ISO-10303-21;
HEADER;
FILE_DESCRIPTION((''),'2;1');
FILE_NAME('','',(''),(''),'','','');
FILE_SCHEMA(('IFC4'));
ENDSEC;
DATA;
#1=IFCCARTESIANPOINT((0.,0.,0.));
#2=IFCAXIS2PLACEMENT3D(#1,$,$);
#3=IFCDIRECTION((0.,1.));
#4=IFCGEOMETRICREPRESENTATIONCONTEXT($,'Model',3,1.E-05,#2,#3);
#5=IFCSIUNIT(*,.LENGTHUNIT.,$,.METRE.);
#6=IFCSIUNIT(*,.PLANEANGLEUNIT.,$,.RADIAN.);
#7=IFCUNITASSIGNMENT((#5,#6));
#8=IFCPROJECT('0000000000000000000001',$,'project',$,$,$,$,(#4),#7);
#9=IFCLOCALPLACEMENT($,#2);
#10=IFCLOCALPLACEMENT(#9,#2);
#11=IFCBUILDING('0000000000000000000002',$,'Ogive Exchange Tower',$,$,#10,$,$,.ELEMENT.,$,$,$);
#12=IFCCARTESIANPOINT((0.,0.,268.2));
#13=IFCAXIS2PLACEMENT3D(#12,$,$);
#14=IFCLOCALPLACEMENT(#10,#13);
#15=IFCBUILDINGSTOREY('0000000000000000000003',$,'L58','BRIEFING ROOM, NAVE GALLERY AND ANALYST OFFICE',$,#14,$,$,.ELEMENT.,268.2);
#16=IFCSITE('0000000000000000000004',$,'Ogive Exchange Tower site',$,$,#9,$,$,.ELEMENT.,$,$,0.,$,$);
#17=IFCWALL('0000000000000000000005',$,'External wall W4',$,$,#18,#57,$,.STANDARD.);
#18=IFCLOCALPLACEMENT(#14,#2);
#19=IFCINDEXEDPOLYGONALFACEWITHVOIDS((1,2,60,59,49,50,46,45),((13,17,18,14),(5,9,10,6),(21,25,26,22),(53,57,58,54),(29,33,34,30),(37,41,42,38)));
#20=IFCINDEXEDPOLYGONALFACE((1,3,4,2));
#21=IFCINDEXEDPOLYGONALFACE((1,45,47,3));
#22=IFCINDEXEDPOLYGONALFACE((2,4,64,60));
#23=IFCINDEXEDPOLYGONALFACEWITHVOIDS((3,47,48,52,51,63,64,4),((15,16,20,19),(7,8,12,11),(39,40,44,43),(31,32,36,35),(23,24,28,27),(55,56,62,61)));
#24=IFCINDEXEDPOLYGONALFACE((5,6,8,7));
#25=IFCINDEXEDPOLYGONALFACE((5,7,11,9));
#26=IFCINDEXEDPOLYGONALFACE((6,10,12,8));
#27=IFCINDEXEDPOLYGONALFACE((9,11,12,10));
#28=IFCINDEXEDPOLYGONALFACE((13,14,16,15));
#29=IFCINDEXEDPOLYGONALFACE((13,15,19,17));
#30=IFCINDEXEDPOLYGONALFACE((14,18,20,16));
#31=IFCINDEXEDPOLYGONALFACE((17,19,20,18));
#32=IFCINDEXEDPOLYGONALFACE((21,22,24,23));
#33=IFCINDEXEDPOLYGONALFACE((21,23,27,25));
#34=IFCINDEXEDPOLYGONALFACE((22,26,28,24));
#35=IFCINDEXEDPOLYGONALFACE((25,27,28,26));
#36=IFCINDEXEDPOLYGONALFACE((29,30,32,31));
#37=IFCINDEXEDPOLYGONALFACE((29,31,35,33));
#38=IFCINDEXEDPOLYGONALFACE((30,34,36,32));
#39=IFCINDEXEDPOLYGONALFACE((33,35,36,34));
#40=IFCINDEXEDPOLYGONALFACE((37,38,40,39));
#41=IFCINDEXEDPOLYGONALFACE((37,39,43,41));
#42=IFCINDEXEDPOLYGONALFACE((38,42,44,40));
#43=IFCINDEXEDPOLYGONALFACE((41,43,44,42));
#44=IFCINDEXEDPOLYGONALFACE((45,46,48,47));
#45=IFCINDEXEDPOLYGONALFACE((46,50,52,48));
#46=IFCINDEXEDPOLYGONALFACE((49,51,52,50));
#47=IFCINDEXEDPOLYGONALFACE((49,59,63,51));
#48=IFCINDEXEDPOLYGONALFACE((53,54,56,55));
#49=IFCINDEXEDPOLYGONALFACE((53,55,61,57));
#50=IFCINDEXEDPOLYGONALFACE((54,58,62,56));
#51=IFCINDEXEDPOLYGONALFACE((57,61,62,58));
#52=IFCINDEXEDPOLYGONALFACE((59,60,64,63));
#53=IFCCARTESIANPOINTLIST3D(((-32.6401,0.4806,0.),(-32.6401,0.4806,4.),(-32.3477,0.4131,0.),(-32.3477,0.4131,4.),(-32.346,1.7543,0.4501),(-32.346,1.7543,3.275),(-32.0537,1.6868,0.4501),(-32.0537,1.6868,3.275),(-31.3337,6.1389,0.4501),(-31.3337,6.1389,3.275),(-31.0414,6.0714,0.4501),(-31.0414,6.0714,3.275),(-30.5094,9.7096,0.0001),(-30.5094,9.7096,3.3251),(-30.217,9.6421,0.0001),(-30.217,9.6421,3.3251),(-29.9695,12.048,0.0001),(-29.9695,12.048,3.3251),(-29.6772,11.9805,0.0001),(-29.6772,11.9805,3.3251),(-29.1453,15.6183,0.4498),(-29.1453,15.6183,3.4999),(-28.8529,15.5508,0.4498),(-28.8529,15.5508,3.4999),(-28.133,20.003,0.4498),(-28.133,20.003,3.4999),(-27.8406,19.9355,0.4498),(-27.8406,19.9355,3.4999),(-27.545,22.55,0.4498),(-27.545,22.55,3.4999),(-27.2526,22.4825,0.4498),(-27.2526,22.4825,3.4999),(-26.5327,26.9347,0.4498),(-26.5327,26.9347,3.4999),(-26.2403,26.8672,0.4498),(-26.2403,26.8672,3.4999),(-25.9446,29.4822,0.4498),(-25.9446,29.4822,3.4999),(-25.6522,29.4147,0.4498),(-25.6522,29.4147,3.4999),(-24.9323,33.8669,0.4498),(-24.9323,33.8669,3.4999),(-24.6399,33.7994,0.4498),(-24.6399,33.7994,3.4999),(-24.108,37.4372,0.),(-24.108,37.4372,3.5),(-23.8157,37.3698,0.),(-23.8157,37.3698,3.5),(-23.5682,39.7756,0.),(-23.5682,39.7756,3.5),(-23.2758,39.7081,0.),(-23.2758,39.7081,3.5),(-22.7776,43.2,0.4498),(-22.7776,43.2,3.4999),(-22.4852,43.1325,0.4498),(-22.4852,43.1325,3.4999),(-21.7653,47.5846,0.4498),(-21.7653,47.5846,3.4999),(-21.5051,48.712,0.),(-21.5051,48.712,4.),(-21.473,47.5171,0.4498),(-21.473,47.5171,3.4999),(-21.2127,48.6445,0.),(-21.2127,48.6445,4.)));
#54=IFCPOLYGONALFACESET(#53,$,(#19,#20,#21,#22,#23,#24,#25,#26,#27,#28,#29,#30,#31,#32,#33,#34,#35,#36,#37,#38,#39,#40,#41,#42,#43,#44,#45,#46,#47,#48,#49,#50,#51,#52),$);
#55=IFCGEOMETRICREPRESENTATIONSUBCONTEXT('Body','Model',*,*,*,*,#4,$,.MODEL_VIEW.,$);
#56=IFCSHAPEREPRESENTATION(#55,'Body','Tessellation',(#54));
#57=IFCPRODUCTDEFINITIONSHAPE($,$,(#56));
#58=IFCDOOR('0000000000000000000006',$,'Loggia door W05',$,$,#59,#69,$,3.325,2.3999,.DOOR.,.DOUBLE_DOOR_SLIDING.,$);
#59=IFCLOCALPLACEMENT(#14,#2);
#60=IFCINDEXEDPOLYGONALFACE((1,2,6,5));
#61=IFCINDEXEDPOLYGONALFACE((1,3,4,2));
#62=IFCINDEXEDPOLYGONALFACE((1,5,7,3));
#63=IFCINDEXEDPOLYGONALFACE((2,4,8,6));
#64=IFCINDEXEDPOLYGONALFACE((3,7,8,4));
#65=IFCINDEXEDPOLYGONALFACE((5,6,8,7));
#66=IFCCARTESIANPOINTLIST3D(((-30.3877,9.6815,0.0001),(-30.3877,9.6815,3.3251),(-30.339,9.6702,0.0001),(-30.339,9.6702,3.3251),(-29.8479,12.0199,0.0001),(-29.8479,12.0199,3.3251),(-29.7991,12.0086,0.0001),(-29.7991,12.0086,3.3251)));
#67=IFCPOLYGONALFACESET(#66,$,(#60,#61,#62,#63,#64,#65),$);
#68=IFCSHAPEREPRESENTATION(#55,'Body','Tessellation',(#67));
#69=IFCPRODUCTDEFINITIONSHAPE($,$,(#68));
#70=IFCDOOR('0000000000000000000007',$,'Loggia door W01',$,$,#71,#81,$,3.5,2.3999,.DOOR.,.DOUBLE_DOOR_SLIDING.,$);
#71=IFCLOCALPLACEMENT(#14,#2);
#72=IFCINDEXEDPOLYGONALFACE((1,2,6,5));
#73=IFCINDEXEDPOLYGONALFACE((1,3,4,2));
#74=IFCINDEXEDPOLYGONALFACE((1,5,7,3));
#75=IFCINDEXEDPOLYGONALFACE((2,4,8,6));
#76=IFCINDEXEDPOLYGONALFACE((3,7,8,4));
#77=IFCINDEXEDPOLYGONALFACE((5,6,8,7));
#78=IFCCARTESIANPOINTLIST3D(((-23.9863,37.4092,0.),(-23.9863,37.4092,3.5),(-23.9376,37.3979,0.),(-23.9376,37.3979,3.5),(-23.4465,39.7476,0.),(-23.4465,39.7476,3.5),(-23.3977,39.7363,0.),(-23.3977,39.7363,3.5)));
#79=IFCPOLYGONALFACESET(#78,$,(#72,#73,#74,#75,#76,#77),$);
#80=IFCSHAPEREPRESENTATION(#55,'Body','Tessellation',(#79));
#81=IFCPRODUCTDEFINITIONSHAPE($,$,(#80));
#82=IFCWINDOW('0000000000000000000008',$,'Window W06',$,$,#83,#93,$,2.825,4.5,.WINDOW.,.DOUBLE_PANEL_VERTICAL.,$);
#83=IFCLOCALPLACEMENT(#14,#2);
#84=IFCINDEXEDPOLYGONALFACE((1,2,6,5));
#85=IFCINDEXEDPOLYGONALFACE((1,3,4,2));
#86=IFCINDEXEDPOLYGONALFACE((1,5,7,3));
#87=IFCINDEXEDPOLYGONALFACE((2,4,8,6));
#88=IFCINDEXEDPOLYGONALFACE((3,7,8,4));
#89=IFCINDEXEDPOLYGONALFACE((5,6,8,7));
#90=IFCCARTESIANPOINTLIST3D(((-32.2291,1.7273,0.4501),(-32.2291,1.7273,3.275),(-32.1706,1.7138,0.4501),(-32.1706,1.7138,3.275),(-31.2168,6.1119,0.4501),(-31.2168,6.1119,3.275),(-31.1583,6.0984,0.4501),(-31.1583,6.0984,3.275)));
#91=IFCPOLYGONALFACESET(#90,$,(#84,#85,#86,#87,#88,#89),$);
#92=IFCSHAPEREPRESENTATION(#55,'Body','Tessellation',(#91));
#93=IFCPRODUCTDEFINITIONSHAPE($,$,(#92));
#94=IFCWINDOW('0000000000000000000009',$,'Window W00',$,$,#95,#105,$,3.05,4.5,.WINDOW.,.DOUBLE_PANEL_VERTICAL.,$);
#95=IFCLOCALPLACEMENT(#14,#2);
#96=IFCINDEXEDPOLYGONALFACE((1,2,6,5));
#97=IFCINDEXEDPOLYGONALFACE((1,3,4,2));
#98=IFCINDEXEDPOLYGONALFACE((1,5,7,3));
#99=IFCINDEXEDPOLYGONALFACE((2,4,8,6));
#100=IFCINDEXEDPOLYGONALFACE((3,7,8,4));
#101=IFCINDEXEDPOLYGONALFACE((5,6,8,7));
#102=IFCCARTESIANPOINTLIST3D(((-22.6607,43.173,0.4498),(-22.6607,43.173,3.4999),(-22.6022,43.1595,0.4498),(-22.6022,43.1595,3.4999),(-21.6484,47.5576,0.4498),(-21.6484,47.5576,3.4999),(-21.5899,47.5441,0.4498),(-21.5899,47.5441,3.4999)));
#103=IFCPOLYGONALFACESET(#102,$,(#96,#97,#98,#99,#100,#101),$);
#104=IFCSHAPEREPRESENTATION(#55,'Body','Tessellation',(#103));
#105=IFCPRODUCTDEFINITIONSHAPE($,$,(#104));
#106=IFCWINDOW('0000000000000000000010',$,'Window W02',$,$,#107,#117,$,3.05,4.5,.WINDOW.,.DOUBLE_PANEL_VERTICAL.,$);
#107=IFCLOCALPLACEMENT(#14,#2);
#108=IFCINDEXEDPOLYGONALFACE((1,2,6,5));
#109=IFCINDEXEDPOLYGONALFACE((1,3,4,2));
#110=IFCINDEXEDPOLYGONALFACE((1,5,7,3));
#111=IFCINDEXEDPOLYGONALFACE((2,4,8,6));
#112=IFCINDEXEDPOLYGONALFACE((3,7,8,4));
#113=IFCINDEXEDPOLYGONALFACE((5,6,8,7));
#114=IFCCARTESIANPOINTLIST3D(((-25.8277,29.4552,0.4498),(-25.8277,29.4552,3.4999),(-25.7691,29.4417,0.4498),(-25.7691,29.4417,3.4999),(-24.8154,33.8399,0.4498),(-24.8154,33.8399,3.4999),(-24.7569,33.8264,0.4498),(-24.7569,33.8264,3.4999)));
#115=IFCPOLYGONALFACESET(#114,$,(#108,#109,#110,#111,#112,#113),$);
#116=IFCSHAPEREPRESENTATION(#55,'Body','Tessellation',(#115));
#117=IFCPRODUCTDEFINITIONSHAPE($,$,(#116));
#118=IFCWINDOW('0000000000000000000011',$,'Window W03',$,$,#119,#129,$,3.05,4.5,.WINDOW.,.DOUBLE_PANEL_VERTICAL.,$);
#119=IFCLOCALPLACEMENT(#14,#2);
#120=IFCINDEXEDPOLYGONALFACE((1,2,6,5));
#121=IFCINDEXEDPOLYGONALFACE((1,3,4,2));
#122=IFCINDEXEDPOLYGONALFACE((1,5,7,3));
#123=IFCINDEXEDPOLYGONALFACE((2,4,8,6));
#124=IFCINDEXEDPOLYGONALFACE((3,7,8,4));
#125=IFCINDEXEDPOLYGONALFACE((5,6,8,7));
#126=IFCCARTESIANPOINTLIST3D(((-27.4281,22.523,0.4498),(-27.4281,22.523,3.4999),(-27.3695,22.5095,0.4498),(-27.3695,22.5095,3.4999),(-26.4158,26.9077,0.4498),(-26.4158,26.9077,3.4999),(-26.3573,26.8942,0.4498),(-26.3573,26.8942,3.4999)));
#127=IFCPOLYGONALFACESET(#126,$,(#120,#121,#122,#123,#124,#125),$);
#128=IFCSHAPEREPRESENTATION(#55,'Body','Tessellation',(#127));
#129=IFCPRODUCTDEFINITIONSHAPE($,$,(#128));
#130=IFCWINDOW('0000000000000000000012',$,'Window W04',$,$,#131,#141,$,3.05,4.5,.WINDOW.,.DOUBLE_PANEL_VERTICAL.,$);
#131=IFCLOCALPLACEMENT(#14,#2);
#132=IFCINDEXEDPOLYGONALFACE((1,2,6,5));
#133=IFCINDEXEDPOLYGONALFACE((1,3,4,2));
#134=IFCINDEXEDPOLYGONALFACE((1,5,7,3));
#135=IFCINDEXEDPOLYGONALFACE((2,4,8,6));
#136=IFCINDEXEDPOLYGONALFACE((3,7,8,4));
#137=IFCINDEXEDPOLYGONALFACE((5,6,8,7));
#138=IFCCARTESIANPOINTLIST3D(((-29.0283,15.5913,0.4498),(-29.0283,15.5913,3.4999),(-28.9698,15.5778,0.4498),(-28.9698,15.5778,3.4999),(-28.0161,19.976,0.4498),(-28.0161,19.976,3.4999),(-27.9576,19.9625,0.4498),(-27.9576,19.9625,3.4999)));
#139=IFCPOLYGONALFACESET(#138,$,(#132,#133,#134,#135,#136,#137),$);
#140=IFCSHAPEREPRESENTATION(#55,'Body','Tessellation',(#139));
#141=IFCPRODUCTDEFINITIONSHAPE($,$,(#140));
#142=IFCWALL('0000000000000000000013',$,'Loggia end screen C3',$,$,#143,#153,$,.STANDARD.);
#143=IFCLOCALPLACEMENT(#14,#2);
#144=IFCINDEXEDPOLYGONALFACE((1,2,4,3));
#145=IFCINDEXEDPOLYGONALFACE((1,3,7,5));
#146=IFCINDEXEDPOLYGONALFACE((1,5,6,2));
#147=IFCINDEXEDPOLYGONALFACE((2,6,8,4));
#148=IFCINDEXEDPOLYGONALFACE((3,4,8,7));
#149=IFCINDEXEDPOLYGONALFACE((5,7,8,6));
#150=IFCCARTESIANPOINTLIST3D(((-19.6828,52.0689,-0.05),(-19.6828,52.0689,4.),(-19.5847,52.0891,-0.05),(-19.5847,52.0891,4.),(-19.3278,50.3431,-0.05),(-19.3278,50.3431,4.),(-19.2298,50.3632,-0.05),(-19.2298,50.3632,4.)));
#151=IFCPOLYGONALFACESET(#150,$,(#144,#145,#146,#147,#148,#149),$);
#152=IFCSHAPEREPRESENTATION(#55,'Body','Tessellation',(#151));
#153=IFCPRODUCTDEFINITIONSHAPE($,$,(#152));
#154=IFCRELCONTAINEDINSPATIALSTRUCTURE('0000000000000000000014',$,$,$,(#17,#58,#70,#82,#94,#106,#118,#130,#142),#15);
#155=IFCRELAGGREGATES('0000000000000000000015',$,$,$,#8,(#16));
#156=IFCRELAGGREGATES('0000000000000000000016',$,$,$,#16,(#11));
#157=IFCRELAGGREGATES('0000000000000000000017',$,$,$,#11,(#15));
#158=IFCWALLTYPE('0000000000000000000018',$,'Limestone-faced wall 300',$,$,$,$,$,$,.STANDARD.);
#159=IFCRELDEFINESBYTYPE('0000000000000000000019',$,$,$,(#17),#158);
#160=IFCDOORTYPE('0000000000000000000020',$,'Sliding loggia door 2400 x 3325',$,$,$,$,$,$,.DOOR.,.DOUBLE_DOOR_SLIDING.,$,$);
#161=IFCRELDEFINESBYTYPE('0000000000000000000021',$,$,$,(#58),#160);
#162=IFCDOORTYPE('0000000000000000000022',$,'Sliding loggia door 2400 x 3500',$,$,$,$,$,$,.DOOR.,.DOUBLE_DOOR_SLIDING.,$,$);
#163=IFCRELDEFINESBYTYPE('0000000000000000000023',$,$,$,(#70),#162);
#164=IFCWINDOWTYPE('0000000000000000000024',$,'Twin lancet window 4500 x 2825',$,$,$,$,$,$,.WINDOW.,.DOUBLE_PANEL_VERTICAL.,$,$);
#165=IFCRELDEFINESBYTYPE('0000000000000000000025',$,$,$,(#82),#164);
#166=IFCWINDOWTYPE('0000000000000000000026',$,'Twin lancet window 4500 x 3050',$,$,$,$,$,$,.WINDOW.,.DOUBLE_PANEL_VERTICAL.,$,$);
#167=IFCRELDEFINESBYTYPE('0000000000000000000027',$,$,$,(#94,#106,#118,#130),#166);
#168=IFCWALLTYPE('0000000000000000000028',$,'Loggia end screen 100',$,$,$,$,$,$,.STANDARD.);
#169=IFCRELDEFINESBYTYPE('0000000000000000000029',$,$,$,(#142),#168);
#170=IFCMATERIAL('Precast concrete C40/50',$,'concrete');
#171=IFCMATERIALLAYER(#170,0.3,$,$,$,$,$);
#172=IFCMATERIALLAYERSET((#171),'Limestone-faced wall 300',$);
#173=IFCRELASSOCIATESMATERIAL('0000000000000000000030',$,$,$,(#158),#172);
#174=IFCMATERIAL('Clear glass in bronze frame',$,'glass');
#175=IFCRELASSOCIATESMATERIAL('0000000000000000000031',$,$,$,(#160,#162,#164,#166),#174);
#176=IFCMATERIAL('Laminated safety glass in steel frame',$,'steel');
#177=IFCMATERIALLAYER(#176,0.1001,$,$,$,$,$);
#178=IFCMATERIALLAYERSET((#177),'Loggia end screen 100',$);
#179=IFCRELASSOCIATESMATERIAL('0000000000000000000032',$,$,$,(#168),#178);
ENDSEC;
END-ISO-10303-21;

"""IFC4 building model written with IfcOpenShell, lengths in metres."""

from ifc_helpers import new_model, si_unit, direction, frame, frame_2d, origin, place, context, subcontext, project, spatial, rectangle, extrude, material, layer, layer_set, type_object, element, fill, save


model = new_model("IFC4")

# Units and contexts
model_context = context("Model", 3, precision=1e-05, world=origin(), true_north=direction((0.0, 1.0)))
body_context = subcontext(model_context, "Body", "Model", "MODEL_VIEW")
ifc_project = project(units=[si_unit("LENGTHUNIT", "METRE"), si_unit("PLANEANGLEUNIT", "RADIAN")], contexts=[model_context])

# Site, building, storey
site_placement = place(None, origin())
site = spatial("IfcSite", under=ifc_project, at=site_placement, Name="Ogive Exchange Tower site", CompositionType="ELEMENT", RefElevation=0.0)
building_placement = place(site_placement, origin())
building = spatial("IfcBuilding", under=site, at=building_placement, Name="Ogive Exchange Tower", CompositionType="ELEMENT")
storey_placement = place(building_placement, frame((0.0, 0.0, 268.2)))
storey = spatial("IfcBuildingStorey", under=building, at=storey_placement, Name="L58", Description="BRIEFING ROOM, NAVE GALLERY AND ANALYST OFFICE", CompositionType="ELEMENT", Elevation=268.2)

# Wall, openings, doors, windows
ifc_material_1 = material(Name="Precast concrete C40/50", Category="concrete")
ifc_layer_1 = layer(ifc_material_1, 0.3)
ifc_layer_set_1 = layer_set([ifc_layer_1], Name="Limestone-faced wall 300")
wall_type_1 = type_object("IfcWallType", Name="Limestone-faced wall 300", PredefinedType="STANDARD", material=ifc_layer_set_1)
wall_1_placement = place(storey_placement, frame((-21.3589, 48.6782, 0.0), z_axis=(0.0, 0.0, 1.0), x_axis=(-0.224949, -0.97437, 0.0)))
wall_1 = element("IfcWall", 1, at=wall_1_placement, inside=storey, type_object=wall_type_1, Name="External wall W4", PredefinedType="STANDARD", context=body_context, shape_type="SweptSolid", body=[
    extrude(rectangle(XDim=49.5, YDim=0.3, at=frame_2d((24.75, 0.0))), origin(), (0.0, 0.0, 1.0), 4.0),
])
opening_1_placement = place(wall_1_placement, frame((1.157, 0.0, 0.45)))
opening_1 = element("IfcOpeningElement", 2, at=opening_1_placement, cuts=wall_1, PredefinedType="OPENING", context=body_context, shape_type="SweptSolid", body=[
    extrude(rectangle(XDim=4.5, YDim=3.05, at=frame_2d((2.25, 1.5249))), frame((0.0, 0.1599, 0.0), z_axis=(0.0, -1.0, 0.0), x_axis=(1.0, 0.0, 0.0)), (0.0, 0.0, 1.0), 0.3201),
])
opening_2_placement = place(wall_1_placement, frame((9.1714, 0.0, 0.0)))
opening_2 = element("IfcOpeningElement", 3, at=opening_2_placement, cuts=wall_1, PredefinedType="OPENING", context=body_context, shape_type="SweptSolid", body=[
    extrude(rectangle(XDim=2.3999, YDim=3.5, at=frame_2d((1.2, 1.75))), frame((0.0, 0.1599, 0.0), z_axis=(0.0, -1.0, 0.0), x_axis=(1.0, 0.0, 0.0)), (0.0, 0.0, 1.0), 0.3201),
])
opening_3_placement = place(wall_1_placement, frame((15.2356, 0.0, 0.45)))
opening_3 = element("IfcOpeningElement", 4, at=opening_3_placement, cuts=wall_1, PredefinedType="OPENING", context=body_context, shape_type="SweptSolid", body=[
    extrude(rectangle(XDim=4.5, YDim=3.05, at=frame_2d((2.25, 1.5249))), frame((0.0, 0.1599, 0.0), z_axis=(0.0, -1.0, 0.0), x_axis=(1.0, 0.0, 0.0)), (0.0, 0.0, 1.0), 0.3201),
])
opening_4_placement = place(wall_1_placement, frame((22.3501, 0.0, 0.45)))
opening_4 = element("IfcOpeningElement", 5, at=opening_4_placement, cuts=wall_1, PredefinedType="OPENING", context=body_context, shape_type="SweptSolid", body=[
    extrude(rectangle(XDim=4.5, YDim=3.05, at=frame_2d((2.25, 1.5249))), frame((0.0, 0.1599, 0.0), z_axis=(0.0, -1.0, 0.0), x_axis=(1.0, 0.0, 0.0)), (0.0, 0.0, 1.0), 0.3201),
])
opening_5_placement = place(wall_1_placement, frame((29.4641, 0.0, 0.45)))
opening_5 = element("IfcOpeningElement", 6, at=opening_5_placement, cuts=wall_1, PredefinedType="OPENING", context=body_context, shape_type="SweptSolid", body=[
    extrude(rectangle(XDim=4.5, YDim=3.05, at=frame_2d((2.25, 1.5249))), frame((0.0, 0.1599, 0.0), z_axis=(0.0, -1.0, 0.0), x_axis=(1.0, 0.0, 0.0)), (0.0, 0.0, 1.0), 0.3201),
])
opening_6_placement = place(wall_1_placement, frame((37.6284, 0.0, 0.0)))
opening_6 = element("IfcOpeningElement", 7, at=opening_6_placement, cuts=wall_1, PredefinedType="OPENING", context=body_context, shape_type="SweptSolid", body=[
    extrude(rectangle(XDim=2.3999, YDim=3.325, at=frame_2d((1.2, 1.6626))), frame((0.0, 0.1599, 0.0), z_axis=(0.0, -1.0, 0.0), x_axis=(1.0, 0.0, 0.0)), (0.0, 0.0, 1.0), 0.3201),
])
opening_7_placement = place(wall_1_placement, frame((43.6929, 0.0, 0.45)))
opening_7 = element("IfcOpeningElement", 8, at=opening_7_placement, cuts=wall_1, PredefinedType="OPENING", context=body_context, shape_type="SweptSolid", body=[
    extrude(rectangle(XDim=4.5, YDim=2.825, at=frame_2d((2.25, 1.4126))), frame((0.0, 0.1599, 0.0), z_axis=(0.0, -1.0, 0.0), x_axis=(1.0, 0.0, 0.0)), (0.0, 0.0, 1.0), 0.3201),
])
ifc_material_2 = material(Name="Clear glass in bronze frame", Category="glass")
door_type_1 = type_object("IfcDoorType", Name="Sliding loggia door 2400 x 3325", OperationType="DOUBLE_DOOR_SLIDING", PredefinedType="DOOR", material=ifc_material_2)
door_1_placement = place(opening_6_placement, origin())
door_1 = element("IfcDoor", 9, at=door_1_placement, inside=storey, type_object=door_type_1, Name="Loggia door W05", OperationType="DOUBLE_DOOR_SLIDING", OverallHeight=3.325, OverallWidth=2.3999, PredefinedType="DOOR", context=body_context, shape_type="SweptSolid", body=[
    extrude(rectangle(XDim=2.3999, YDim=3.325, at=frame_2d((1.2, 1.6626))), frame((0.0, 0.0249, 0.0), z_axis=(0.0, -1.0, 0.0), x_axis=(1.0, 0.0, 0.0)), (0.0, 0.0, 1.0), 0.05),
])
fill(opening_6, door_1)
door_type_2 = type_object("IfcDoorType", Name="Sliding loggia door 2400 x 3500", OperationType="DOUBLE_DOOR_SLIDING", PredefinedType="DOOR", material=ifc_material_2)
door_2_placement = place(opening_2_placement, origin())
door_2 = element("IfcDoor", 10, at=door_2_placement, inside=storey, type_object=door_type_2, Name="Loggia door W01", OperationType="DOUBLE_DOOR_SLIDING", OverallHeight=3.5, OverallWidth=2.3999, PredefinedType="DOOR", context=body_context, shape_type="SweptSolid", body=[
    extrude(rectangle(XDim=2.3999, YDim=3.5, at=frame_2d((1.2, 1.75))), frame((0.0, 0.0249, 0.0), z_axis=(0.0, -1.0, 0.0), x_axis=(1.0, 0.0, 0.0)), (0.0, 0.0, 1.0), 0.05),
])
fill(opening_2, door_2)
window_type_1 = type_object("IfcWindowType", Name="Twin lancet window 4500 x 2825", PartitioningType="DOUBLE_PANEL_VERTICAL", PredefinedType="WINDOW", material=ifc_material_2)
window_1_placement = place(opening_7_placement, origin())
window_1 = element("IfcWindow", 11, at=window_1_placement, inside=storey, type_object=window_type_1, Name="Window W06", OverallHeight=2.825, OverallWidth=4.5, PartitioningType="DOUBLE_PANEL_VERTICAL", PredefinedType="WINDOW", context=body_context, shape_type="SweptSolid", body=[
    extrude(rectangle(XDim=4.5, YDim=2.825, at=frame_2d((2.25, 1.4126))), frame((0.0, 0.03, 0.0), z_axis=(0.0, -1.0, 0.0), x_axis=(1.0, 0.0, 0.0)), (0.0, 0.0, 1.0), 0.0601),
])
fill(opening_7, window_1)
window_type_2 = type_object("IfcWindowType", Name="Twin lancet window 4500 x 3050", PartitioningType="DOUBLE_PANEL_VERTICAL", PredefinedType="WINDOW", material=ifc_material_2)
window_2_placement = place(opening_1_placement, origin())
window_2 = element("IfcWindow", 12, at=window_2_placement, inside=storey, type_object=window_type_2, Name="Window W00", OverallHeight=3.05, OverallWidth=4.5, PartitioningType="DOUBLE_PANEL_VERTICAL", PredefinedType="WINDOW", context=body_context, shape_type="SweptSolid", body=[
    extrude(rectangle(XDim=4.5, YDim=3.05, at=frame_2d((2.25, 1.5249))), frame((0.0, 0.03, 0.0), z_axis=(0.0, -1.0, 0.0), x_axis=(1.0, 0.0, 0.0)), (0.0, 0.0, 1.0), 0.0601),
])
fill(opening_1, window_2)
window_3_placement = place(opening_3_placement, origin())
window_3 = element("IfcWindow", 13, at=window_3_placement, inside=storey, type_object=window_type_2, Name="Window W02", OverallHeight=3.05, OverallWidth=4.5, PartitioningType="DOUBLE_PANEL_VERTICAL", PredefinedType="WINDOW", context=body_context, shape_type="SweptSolid", body=[
    extrude(rectangle(XDim=4.5, YDim=3.05, at=frame_2d((2.25, 1.5249))), frame((0.0, 0.03, 0.0), z_axis=(0.0, -1.0, 0.0), x_axis=(1.0, 0.0, 0.0)), (0.0, 0.0, 1.0), 0.0601),
])
fill(opening_3, window_3)
window_4_placement = place(opening_4_placement, origin())
window_4 = element("IfcWindow", 14, at=window_4_placement, inside=storey, type_object=window_type_2, Name="Window W03", OverallHeight=3.05, OverallWidth=4.5, PartitioningType="DOUBLE_PANEL_VERTICAL", PredefinedType="WINDOW", context=body_context, shape_type="SweptSolid", body=[
    extrude(rectangle(XDim=4.5, YDim=3.05, at=frame_2d((2.25, 1.5249))), frame((0.0, 0.03, 0.0), z_axis=(0.0, -1.0, 0.0), x_axis=(1.0, 0.0, 0.0)), (0.0, 0.0, 1.0), 0.0601),
])
fill(opening_4, window_4)
window_5_placement = place(opening_5_placement, origin())
window_5 = element("IfcWindow", 15, at=window_5_placement, inside=storey, type_object=window_type_2, Name="Window W04", OverallHeight=3.05, OverallWidth=4.5, PartitioningType="DOUBLE_PANEL_VERTICAL", PredefinedType="WINDOW", context=body_context, shape_type="SweptSolid", body=[
    extrude(rectangle(XDim=4.5, YDim=3.05, at=frame_2d((2.25, 1.5249))), frame((0.0, 0.03, 0.0), z_axis=(0.0, -1.0, 0.0), x_axis=(1.0, 0.0, 0.0)), (0.0, 0.0, 1.0), 0.0601),
])
fill(opening_5, window_5)

# Wall
ifc_material_3 = material(Name="Laminated safety glass in steel frame", Category="steel")
ifc_layer_2 = layer(ifc_material_3, 0.1001)
ifc_layer_set_2 = layer_set([ifc_layer_2], Name="Loggia end screen 100")
wall_type_2 = type_object("IfcWallType", Name="Loggia end screen 100", PredefinedType="STANDARD", material=ifc_layer_set_2)
wall_2_placement = place(storey_placement, frame((-19.2788, 50.3533, -0.05), z_axis=(0.0, 0.0, 1.0), x_axis=(-0.201469, 0.979495, 0.0)))
element("IfcWall", 16, at=wall_2_placement, inside=storey, type_object=wall_type_2, Name="Loggia end screen C3", PredefinedType="STANDARD", context=body_context, shape_type="SweptSolid", body=[
    extrude(rectangle(XDim=1.762, YDim=0.1001, at=frame_2d((0.8809, 0.0))), origin(), (0.0, 0.0, 1.0), 4.05),
])

save(model, "model.ifc")
